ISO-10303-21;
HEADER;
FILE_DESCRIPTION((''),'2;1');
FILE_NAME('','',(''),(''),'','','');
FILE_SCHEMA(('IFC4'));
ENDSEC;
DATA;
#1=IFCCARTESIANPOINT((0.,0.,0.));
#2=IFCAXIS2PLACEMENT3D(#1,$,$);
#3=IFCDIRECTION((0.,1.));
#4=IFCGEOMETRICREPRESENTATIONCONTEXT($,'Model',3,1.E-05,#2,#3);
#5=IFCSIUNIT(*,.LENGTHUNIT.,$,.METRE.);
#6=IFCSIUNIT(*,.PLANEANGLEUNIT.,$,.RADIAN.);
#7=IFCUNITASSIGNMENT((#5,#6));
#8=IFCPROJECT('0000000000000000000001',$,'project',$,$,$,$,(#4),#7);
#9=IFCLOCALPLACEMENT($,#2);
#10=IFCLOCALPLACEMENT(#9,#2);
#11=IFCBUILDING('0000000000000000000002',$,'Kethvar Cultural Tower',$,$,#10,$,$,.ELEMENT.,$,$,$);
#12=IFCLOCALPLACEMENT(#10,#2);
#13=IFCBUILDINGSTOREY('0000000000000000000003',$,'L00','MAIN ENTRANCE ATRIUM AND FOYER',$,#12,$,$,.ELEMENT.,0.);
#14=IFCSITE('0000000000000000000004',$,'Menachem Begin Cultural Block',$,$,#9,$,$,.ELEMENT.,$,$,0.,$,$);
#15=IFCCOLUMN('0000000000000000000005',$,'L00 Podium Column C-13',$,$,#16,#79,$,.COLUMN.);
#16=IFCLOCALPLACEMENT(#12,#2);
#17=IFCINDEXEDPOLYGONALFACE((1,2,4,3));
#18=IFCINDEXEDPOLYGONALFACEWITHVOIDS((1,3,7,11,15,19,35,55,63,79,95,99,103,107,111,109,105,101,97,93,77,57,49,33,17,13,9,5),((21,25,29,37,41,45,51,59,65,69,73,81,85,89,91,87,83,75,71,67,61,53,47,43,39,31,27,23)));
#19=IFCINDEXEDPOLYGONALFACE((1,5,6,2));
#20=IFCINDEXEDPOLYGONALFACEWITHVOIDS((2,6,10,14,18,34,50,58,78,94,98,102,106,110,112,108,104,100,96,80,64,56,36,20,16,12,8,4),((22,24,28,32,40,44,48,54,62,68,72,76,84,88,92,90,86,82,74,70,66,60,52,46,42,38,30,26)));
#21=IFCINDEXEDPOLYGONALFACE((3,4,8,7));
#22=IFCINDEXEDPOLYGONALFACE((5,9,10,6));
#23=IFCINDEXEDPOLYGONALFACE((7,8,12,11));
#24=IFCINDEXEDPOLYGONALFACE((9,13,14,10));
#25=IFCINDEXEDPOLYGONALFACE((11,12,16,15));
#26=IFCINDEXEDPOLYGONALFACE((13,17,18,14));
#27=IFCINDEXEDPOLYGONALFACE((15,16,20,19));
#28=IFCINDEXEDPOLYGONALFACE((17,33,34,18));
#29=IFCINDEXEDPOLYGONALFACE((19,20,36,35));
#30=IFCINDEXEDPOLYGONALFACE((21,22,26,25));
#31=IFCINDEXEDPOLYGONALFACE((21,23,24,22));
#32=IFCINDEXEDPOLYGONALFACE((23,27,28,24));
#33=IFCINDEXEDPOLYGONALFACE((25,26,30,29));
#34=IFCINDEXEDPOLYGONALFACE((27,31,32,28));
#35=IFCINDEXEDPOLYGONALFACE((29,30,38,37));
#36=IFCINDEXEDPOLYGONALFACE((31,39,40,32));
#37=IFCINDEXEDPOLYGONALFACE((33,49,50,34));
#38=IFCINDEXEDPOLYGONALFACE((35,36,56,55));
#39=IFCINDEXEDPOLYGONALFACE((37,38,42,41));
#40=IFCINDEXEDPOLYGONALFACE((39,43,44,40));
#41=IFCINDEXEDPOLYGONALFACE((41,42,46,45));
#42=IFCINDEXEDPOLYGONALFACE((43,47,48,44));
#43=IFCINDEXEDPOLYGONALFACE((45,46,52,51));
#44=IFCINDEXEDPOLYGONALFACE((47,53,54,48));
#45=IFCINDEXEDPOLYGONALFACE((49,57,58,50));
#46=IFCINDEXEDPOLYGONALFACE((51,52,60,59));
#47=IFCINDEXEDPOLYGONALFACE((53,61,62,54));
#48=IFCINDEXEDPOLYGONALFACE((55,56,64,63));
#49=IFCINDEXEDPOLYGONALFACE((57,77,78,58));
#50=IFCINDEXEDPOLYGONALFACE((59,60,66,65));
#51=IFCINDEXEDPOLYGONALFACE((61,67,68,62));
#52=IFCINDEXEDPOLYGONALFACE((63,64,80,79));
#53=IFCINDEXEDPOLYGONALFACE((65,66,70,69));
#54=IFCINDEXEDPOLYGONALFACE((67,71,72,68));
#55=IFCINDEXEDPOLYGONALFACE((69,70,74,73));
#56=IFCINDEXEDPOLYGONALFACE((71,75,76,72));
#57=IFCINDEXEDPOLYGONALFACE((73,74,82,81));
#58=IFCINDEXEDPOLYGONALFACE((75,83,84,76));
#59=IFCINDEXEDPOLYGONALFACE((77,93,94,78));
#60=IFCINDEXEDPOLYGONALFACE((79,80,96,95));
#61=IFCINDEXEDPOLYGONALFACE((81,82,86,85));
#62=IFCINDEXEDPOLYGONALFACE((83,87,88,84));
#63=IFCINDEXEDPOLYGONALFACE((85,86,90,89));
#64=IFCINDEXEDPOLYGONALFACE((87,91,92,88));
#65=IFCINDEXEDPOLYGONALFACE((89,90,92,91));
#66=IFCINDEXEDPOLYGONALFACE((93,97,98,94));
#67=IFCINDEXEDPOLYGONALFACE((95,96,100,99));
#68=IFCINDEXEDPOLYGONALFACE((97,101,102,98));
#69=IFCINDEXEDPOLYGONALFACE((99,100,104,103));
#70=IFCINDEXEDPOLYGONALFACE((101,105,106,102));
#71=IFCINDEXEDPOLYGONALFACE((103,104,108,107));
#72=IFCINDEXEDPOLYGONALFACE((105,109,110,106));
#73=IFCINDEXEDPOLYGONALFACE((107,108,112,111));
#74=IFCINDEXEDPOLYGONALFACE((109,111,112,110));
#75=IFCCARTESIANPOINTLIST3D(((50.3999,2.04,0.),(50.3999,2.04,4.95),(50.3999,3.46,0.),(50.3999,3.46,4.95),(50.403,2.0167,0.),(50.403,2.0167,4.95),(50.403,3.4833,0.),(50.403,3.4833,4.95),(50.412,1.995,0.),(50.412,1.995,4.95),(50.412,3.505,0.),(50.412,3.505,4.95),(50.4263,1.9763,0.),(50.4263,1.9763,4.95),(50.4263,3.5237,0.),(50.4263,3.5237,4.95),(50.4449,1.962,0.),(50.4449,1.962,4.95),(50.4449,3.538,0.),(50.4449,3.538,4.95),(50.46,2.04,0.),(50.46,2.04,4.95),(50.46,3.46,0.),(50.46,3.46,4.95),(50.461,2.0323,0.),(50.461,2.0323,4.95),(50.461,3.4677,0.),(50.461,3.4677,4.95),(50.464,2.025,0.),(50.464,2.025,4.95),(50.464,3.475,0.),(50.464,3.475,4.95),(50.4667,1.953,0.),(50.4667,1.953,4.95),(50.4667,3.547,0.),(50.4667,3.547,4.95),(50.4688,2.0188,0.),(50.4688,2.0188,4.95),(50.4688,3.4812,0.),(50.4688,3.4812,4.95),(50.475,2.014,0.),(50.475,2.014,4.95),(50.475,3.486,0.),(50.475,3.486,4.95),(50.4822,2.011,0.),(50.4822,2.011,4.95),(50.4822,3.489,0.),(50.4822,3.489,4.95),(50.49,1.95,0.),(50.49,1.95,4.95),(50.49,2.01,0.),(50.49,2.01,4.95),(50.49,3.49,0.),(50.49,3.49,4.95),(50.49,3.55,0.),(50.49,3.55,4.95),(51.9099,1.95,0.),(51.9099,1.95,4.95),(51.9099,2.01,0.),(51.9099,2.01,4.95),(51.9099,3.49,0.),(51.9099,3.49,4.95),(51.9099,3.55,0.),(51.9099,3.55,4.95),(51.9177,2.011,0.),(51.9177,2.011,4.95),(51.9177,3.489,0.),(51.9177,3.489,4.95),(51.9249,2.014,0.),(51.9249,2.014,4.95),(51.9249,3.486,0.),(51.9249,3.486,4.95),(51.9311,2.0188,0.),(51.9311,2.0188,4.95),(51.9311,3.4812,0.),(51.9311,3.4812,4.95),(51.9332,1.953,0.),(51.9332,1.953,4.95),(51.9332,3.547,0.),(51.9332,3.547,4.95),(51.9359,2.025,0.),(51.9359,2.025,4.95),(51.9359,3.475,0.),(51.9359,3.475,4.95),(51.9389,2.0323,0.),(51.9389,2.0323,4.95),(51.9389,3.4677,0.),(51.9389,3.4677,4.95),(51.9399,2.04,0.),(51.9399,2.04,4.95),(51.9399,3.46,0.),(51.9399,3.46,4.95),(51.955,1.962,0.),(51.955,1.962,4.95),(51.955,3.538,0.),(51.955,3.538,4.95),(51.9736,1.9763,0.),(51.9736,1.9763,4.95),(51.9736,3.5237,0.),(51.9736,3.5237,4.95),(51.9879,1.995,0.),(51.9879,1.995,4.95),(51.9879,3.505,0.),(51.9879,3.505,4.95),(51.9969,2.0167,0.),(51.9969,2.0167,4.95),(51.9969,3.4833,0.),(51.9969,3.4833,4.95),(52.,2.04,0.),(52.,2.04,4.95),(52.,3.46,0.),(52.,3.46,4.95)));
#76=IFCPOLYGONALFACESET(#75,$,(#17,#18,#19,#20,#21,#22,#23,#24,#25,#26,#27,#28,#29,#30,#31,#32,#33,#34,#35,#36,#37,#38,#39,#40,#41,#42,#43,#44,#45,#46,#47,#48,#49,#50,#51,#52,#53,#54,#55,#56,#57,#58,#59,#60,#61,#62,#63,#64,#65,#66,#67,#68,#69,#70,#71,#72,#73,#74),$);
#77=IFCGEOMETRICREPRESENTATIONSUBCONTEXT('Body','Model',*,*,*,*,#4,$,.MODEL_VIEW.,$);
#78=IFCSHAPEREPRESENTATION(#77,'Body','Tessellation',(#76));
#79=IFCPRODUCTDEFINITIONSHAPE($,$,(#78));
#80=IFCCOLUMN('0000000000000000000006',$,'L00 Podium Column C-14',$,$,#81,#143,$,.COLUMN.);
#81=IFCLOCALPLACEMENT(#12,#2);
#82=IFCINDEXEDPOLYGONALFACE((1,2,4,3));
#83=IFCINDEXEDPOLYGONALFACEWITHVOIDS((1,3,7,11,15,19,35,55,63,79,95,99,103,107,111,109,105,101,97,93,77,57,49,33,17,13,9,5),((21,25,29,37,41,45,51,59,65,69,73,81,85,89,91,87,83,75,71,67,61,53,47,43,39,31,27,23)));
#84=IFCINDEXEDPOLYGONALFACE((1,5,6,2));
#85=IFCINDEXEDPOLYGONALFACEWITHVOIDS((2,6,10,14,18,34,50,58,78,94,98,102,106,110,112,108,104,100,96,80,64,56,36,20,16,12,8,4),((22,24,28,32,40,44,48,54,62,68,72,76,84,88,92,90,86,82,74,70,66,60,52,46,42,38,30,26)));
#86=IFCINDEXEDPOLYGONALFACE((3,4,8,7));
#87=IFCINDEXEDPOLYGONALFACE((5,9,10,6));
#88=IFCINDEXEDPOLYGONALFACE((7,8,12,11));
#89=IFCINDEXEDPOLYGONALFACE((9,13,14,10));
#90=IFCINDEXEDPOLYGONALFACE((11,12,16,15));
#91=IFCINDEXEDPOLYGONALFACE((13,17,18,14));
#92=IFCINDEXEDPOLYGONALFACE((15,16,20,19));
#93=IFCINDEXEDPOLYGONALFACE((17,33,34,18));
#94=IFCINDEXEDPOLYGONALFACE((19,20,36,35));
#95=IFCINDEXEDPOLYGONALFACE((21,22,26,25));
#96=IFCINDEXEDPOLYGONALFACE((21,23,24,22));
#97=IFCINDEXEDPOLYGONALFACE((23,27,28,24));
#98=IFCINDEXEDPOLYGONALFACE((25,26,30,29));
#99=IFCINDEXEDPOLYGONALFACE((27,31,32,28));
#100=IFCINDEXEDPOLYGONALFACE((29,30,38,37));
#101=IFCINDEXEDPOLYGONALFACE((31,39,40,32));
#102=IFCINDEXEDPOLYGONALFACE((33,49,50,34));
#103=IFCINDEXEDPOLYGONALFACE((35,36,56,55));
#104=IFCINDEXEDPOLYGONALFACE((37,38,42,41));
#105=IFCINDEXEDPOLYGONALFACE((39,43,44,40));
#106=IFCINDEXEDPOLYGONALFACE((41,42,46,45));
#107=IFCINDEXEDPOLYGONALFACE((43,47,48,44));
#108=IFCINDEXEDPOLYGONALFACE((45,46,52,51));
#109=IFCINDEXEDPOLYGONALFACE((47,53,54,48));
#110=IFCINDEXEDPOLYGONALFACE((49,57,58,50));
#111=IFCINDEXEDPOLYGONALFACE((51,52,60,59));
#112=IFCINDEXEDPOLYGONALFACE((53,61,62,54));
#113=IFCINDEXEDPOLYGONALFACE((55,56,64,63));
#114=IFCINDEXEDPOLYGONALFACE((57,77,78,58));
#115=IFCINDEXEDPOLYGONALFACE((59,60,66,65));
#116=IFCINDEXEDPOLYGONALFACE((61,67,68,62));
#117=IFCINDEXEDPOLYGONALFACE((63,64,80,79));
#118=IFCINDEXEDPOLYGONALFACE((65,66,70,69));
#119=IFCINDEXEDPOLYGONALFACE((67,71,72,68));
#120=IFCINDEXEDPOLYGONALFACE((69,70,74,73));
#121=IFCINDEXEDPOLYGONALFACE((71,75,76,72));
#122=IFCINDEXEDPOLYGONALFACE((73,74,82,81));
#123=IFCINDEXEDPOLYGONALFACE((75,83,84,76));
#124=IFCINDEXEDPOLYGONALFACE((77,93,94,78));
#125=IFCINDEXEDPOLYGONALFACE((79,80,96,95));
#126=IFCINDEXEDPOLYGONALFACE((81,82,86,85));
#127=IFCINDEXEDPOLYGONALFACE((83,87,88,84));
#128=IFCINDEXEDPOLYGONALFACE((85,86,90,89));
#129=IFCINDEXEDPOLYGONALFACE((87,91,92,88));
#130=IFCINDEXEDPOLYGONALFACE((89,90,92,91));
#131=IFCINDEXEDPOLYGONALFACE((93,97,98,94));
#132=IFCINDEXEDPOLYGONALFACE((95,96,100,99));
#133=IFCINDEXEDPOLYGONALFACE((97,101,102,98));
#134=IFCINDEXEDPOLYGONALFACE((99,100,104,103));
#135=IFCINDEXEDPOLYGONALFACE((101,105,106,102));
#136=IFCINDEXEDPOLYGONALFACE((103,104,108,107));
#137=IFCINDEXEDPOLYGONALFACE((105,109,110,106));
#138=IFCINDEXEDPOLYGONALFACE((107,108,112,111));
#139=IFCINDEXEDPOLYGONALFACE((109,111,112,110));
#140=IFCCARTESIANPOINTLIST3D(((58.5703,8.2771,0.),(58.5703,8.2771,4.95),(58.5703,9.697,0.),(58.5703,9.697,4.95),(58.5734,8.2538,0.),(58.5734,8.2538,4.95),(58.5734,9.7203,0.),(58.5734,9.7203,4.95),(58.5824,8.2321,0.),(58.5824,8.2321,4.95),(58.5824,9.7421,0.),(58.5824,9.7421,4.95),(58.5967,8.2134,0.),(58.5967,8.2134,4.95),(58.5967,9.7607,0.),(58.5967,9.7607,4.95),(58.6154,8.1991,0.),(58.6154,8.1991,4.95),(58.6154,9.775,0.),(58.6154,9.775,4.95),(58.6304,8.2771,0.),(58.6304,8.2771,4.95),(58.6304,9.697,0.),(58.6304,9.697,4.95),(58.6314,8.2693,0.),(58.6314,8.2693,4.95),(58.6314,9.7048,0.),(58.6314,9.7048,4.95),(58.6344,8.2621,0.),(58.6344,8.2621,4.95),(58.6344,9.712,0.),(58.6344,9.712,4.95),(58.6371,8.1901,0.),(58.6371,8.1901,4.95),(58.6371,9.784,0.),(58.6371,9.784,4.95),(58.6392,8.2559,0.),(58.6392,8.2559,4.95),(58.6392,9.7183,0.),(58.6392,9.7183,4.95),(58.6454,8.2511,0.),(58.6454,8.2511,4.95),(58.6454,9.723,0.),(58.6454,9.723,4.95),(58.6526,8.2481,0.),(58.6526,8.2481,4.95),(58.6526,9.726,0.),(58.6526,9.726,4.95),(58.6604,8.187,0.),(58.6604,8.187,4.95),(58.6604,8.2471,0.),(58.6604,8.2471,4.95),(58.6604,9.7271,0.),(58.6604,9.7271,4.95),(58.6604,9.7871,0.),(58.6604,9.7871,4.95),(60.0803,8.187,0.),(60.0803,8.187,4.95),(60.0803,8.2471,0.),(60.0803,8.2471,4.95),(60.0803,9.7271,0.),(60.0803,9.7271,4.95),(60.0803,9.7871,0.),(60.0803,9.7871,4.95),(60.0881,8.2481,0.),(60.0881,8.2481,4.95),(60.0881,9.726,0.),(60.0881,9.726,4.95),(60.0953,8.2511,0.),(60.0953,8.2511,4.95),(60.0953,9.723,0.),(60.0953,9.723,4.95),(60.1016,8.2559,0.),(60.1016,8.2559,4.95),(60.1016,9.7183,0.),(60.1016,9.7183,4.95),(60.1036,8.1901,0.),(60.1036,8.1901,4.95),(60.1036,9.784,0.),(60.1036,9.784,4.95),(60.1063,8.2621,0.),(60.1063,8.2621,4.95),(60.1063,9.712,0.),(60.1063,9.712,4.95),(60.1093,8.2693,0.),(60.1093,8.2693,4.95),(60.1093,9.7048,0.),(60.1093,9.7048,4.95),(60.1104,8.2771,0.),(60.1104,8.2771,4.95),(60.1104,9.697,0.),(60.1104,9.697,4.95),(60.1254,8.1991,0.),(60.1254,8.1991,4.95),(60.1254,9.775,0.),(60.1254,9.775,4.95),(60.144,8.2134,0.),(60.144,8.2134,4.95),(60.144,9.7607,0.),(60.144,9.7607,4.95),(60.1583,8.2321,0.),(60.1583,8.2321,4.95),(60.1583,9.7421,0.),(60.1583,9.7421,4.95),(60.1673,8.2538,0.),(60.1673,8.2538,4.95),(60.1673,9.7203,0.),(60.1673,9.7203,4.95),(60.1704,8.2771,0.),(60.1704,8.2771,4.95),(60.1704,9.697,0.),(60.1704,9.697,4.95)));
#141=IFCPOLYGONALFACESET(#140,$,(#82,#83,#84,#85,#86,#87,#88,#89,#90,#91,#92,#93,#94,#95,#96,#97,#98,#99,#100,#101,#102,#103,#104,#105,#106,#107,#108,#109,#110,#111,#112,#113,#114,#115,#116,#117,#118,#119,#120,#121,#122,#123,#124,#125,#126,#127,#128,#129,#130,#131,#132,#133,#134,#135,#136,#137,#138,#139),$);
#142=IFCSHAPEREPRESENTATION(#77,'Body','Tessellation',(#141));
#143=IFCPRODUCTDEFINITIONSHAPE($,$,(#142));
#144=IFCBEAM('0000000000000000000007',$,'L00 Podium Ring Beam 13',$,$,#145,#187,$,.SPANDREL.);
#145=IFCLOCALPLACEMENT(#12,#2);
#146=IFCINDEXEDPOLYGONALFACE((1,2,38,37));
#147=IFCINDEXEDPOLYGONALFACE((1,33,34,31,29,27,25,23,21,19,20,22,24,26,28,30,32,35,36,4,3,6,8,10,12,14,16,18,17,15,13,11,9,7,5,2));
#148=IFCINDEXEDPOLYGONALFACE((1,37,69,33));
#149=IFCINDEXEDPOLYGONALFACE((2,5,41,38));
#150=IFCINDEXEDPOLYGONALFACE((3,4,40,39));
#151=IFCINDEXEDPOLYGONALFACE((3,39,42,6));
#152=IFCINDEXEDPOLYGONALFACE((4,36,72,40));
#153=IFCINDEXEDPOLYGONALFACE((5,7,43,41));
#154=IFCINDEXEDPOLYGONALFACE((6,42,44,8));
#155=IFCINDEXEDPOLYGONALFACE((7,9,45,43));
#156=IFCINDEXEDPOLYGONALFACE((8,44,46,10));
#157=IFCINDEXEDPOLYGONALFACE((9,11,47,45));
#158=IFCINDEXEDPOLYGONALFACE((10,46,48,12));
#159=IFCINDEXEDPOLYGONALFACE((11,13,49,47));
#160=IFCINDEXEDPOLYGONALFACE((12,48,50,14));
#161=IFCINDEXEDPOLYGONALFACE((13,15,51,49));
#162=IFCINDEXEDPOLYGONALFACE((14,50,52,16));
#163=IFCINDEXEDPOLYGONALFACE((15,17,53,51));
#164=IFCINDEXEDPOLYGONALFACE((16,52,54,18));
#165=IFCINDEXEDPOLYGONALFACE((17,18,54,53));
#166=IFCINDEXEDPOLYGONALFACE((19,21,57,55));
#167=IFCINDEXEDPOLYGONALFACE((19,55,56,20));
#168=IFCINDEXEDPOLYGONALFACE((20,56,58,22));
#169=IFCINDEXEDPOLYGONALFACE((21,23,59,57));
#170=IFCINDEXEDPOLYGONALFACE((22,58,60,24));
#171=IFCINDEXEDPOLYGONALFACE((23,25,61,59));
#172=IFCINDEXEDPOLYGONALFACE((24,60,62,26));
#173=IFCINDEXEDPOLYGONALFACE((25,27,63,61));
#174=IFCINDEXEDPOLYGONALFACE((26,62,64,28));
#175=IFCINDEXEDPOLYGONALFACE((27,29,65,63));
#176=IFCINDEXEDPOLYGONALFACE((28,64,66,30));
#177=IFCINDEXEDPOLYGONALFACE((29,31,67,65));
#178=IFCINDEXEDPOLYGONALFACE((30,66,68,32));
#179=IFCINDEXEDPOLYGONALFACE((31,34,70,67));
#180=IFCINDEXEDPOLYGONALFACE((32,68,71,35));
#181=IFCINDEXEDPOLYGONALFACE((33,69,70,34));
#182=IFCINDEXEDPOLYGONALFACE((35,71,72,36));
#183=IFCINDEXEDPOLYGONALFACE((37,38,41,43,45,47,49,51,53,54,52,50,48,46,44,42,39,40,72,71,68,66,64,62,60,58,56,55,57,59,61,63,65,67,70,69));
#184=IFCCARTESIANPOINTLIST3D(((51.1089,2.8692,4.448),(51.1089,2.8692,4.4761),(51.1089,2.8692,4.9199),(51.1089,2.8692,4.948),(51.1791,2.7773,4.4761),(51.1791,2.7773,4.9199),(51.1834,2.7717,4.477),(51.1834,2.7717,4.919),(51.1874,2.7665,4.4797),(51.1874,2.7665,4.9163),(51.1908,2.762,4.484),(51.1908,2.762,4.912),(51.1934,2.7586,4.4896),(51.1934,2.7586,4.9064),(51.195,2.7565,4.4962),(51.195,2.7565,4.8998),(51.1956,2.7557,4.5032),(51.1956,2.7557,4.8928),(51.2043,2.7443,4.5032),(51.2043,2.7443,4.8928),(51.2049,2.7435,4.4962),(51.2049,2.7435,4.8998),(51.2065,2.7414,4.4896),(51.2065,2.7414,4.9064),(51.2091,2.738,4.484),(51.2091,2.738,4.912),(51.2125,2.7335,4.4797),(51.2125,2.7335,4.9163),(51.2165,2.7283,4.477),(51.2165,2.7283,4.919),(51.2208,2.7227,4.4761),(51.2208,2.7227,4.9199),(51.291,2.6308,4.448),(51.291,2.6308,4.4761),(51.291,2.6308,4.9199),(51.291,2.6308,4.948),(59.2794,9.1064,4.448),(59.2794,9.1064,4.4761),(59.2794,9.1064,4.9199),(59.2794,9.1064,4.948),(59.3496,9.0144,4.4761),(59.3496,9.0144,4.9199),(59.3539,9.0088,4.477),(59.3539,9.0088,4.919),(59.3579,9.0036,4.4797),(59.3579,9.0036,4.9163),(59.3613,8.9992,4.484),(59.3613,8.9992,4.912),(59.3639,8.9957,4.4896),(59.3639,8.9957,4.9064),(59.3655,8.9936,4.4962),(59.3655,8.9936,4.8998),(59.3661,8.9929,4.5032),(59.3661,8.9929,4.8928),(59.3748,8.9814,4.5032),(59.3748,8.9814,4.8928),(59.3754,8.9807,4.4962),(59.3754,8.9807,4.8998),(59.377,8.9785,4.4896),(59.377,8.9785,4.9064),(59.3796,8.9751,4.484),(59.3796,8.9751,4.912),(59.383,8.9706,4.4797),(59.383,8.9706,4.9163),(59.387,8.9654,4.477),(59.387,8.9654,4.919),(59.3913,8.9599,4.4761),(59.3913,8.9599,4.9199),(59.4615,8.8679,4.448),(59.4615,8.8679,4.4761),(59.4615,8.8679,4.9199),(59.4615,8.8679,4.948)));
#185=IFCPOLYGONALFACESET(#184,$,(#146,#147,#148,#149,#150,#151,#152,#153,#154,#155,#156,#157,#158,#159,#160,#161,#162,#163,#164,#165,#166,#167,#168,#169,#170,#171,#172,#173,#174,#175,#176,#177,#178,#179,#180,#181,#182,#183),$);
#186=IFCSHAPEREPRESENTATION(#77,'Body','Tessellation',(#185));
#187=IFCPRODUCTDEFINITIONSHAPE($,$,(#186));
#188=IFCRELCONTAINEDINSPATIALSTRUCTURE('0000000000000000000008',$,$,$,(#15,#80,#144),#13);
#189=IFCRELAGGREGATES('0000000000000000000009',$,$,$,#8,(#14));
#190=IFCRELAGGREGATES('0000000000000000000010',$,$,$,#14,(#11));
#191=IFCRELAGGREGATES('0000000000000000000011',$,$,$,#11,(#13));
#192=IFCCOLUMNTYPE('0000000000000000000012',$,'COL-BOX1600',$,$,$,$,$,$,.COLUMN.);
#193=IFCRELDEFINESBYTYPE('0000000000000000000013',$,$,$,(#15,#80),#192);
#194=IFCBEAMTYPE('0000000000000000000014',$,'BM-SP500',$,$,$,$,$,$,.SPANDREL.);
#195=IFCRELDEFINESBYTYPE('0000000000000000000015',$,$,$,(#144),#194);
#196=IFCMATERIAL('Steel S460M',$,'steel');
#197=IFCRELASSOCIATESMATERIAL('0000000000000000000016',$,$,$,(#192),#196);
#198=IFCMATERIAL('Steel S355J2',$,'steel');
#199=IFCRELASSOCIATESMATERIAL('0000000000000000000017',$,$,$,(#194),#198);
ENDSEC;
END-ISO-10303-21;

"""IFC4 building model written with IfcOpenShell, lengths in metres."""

from ifc_helpers import new_model, si_unit, direction, frame, origin, origin_2d, place, context, subcontext, project, spatial, hollow_rectangle, i_section, extrude, source, transform, mapped, material, material_profile, profile_set, type_object, element, save


model = new_model("IFC4")

# Units and contexts
model_context = context("Model", 3, precision=1e-05, world=origin(), true_north=direction((0.0, 1.0)))
body_context = subcontext(model_context, "Body", "Model", "MODEL_VIEW")
ifc_project = project(units=[si_unit("LENGTHUNIT", "METRE"), si_unit("PLANEANGLEUNIT", "RADIAN")], contexts=[model_context])

# Site, building, storey
site_placement = place(None, origin())
site = spatial("IfcSite", under=ifc_project, at=site_placement, Name="Menachem Begin Cultural Block", CompositionType="ELEMENT", RefElevation=0.0)
building_placement = place(site_placement, origin())
building = spatial("IfcBuilding", under=site, at=building_placement, Name="Kethvar Cultural Tower", CompositionType="ELEMENT")
storey_placement = place(building_placement, origin())
storey = spatial("IfcBuildingStorey", under=building, at=storey_placement, Name="L00", Description="MAIN ENTRANCE ATRIUM AND FOYER", CompositionType="ELEMENT", Elevation=0.0)

# Columns
ifc_material_1 = material(Name="Steel S460M", Category="steel")
ifc_material_profile_1 = material_profile(ifc_material_1, hollow_rectangle(XDim=1.6001, YDim=1.6001, WallThickness=0.0601, InnerFilletRadius=0.03, OuterFilletRadius=0.0901, at=origin_2d()), Name="Steel S460M — BOX1600x1600x60")
ifc_profile_set_1 = profile_set([ifc_material_profile_1], Name="Steel S460M — BOX1600x1600x60")
column_type = type_object("IfcColumnType", Name="COL-BOX1600", PredefinedType="COLUMN", material=ifc_profile_set_1)
shared_shape_1 = source(origin(), body_context, "Body", "SweptSolid", [
    extrude(hollow_rectangle(XDim=1.6001, YDim=1.6001, WallThickness=0.0601, InnerFilletRadius=0.03, OuterFilletRadius=0.0901, at=origin_2d()), origin(), (0.0, 0.0, 1.0), 4.95),
])
for number, where, z_axis, x_axis, name in (
    (1, (51.2, 2.75, 0.0), (0.0, 0.0, 1.0), (1.0, 0.0, 0.0), "L00 Podium Column C-13"),
    (2, (59.3704, 8.9871, 0.0), (0.0, 0.0, 1.0), (1.0, 0.0, 0.0), "L00 Podium Column C-14"),
):
    element("IfcColumn", number, at=place(storey_placement, frame(where, z_axis=z_axis, x_axis=x_axis)), inside=storey, type_object=column_type, Name=name, PredefinedType="COLUMN", context=body_context, shape_type="MappedRepresentation", body=[
        mapped(shared_shape_1, transform((0.0, 0.0, 0.0), scale=1.0)),
    ])

# Beam
ifc_material_2 = material(Name="Steel S355J2", Category="steel")
ifc_material_profile_2 = material_profile(ifc_material_2, i_section(OverallWidth=0.3, OverallDepth=0.5, WebThickness=0.0144, FlangeThickness=0.0281, FilletRadius=0.0271, at=origin_2d()), Name="Steel S355J2 — HEB500")
ifc_profile_set_2 = profile_set([ifc_material_profile_2], Name="Steel S355J2 — HEB500")
beam_type_1 = type_object("IfcBeamType", Name="BM-SP500", PredefinedType="SPANDREL", material=ifc_profile_set_2)
shared_shape_2 = source(origin(), body_context, "Body", "SweptSolid", [
    extrude(i_section(OverallWidth=0.3, OverallDepth=0.5, WebThickness=0.0144, FlangeThickness=0.0281, FilletRadius=0.0271, at=origin_2d()), origin(), (0.0, 0.0, 1.0), 10.2791),
])
beam_1_placement = place(storey_placement, frame((51.2, 2.75, 4.698), z_axis=(0.794869, 0.606781, 0.0), x_axis=(-0.606781, 0.794869, 0.0)))
element("IfcBeam", 3, at=beam_1_placement, inside=storey, type_object=beam_type_1, Name="L00 Podium Ring Beam 13", PredefinedType="SPANDREL", context=body_context, shape_type="MappedRepresentation", body=[
    mapped(shared_shape_2, transform((0.0, 0.0, 0.0), scale=1.0)),
])

save(model, "model.ifc")
